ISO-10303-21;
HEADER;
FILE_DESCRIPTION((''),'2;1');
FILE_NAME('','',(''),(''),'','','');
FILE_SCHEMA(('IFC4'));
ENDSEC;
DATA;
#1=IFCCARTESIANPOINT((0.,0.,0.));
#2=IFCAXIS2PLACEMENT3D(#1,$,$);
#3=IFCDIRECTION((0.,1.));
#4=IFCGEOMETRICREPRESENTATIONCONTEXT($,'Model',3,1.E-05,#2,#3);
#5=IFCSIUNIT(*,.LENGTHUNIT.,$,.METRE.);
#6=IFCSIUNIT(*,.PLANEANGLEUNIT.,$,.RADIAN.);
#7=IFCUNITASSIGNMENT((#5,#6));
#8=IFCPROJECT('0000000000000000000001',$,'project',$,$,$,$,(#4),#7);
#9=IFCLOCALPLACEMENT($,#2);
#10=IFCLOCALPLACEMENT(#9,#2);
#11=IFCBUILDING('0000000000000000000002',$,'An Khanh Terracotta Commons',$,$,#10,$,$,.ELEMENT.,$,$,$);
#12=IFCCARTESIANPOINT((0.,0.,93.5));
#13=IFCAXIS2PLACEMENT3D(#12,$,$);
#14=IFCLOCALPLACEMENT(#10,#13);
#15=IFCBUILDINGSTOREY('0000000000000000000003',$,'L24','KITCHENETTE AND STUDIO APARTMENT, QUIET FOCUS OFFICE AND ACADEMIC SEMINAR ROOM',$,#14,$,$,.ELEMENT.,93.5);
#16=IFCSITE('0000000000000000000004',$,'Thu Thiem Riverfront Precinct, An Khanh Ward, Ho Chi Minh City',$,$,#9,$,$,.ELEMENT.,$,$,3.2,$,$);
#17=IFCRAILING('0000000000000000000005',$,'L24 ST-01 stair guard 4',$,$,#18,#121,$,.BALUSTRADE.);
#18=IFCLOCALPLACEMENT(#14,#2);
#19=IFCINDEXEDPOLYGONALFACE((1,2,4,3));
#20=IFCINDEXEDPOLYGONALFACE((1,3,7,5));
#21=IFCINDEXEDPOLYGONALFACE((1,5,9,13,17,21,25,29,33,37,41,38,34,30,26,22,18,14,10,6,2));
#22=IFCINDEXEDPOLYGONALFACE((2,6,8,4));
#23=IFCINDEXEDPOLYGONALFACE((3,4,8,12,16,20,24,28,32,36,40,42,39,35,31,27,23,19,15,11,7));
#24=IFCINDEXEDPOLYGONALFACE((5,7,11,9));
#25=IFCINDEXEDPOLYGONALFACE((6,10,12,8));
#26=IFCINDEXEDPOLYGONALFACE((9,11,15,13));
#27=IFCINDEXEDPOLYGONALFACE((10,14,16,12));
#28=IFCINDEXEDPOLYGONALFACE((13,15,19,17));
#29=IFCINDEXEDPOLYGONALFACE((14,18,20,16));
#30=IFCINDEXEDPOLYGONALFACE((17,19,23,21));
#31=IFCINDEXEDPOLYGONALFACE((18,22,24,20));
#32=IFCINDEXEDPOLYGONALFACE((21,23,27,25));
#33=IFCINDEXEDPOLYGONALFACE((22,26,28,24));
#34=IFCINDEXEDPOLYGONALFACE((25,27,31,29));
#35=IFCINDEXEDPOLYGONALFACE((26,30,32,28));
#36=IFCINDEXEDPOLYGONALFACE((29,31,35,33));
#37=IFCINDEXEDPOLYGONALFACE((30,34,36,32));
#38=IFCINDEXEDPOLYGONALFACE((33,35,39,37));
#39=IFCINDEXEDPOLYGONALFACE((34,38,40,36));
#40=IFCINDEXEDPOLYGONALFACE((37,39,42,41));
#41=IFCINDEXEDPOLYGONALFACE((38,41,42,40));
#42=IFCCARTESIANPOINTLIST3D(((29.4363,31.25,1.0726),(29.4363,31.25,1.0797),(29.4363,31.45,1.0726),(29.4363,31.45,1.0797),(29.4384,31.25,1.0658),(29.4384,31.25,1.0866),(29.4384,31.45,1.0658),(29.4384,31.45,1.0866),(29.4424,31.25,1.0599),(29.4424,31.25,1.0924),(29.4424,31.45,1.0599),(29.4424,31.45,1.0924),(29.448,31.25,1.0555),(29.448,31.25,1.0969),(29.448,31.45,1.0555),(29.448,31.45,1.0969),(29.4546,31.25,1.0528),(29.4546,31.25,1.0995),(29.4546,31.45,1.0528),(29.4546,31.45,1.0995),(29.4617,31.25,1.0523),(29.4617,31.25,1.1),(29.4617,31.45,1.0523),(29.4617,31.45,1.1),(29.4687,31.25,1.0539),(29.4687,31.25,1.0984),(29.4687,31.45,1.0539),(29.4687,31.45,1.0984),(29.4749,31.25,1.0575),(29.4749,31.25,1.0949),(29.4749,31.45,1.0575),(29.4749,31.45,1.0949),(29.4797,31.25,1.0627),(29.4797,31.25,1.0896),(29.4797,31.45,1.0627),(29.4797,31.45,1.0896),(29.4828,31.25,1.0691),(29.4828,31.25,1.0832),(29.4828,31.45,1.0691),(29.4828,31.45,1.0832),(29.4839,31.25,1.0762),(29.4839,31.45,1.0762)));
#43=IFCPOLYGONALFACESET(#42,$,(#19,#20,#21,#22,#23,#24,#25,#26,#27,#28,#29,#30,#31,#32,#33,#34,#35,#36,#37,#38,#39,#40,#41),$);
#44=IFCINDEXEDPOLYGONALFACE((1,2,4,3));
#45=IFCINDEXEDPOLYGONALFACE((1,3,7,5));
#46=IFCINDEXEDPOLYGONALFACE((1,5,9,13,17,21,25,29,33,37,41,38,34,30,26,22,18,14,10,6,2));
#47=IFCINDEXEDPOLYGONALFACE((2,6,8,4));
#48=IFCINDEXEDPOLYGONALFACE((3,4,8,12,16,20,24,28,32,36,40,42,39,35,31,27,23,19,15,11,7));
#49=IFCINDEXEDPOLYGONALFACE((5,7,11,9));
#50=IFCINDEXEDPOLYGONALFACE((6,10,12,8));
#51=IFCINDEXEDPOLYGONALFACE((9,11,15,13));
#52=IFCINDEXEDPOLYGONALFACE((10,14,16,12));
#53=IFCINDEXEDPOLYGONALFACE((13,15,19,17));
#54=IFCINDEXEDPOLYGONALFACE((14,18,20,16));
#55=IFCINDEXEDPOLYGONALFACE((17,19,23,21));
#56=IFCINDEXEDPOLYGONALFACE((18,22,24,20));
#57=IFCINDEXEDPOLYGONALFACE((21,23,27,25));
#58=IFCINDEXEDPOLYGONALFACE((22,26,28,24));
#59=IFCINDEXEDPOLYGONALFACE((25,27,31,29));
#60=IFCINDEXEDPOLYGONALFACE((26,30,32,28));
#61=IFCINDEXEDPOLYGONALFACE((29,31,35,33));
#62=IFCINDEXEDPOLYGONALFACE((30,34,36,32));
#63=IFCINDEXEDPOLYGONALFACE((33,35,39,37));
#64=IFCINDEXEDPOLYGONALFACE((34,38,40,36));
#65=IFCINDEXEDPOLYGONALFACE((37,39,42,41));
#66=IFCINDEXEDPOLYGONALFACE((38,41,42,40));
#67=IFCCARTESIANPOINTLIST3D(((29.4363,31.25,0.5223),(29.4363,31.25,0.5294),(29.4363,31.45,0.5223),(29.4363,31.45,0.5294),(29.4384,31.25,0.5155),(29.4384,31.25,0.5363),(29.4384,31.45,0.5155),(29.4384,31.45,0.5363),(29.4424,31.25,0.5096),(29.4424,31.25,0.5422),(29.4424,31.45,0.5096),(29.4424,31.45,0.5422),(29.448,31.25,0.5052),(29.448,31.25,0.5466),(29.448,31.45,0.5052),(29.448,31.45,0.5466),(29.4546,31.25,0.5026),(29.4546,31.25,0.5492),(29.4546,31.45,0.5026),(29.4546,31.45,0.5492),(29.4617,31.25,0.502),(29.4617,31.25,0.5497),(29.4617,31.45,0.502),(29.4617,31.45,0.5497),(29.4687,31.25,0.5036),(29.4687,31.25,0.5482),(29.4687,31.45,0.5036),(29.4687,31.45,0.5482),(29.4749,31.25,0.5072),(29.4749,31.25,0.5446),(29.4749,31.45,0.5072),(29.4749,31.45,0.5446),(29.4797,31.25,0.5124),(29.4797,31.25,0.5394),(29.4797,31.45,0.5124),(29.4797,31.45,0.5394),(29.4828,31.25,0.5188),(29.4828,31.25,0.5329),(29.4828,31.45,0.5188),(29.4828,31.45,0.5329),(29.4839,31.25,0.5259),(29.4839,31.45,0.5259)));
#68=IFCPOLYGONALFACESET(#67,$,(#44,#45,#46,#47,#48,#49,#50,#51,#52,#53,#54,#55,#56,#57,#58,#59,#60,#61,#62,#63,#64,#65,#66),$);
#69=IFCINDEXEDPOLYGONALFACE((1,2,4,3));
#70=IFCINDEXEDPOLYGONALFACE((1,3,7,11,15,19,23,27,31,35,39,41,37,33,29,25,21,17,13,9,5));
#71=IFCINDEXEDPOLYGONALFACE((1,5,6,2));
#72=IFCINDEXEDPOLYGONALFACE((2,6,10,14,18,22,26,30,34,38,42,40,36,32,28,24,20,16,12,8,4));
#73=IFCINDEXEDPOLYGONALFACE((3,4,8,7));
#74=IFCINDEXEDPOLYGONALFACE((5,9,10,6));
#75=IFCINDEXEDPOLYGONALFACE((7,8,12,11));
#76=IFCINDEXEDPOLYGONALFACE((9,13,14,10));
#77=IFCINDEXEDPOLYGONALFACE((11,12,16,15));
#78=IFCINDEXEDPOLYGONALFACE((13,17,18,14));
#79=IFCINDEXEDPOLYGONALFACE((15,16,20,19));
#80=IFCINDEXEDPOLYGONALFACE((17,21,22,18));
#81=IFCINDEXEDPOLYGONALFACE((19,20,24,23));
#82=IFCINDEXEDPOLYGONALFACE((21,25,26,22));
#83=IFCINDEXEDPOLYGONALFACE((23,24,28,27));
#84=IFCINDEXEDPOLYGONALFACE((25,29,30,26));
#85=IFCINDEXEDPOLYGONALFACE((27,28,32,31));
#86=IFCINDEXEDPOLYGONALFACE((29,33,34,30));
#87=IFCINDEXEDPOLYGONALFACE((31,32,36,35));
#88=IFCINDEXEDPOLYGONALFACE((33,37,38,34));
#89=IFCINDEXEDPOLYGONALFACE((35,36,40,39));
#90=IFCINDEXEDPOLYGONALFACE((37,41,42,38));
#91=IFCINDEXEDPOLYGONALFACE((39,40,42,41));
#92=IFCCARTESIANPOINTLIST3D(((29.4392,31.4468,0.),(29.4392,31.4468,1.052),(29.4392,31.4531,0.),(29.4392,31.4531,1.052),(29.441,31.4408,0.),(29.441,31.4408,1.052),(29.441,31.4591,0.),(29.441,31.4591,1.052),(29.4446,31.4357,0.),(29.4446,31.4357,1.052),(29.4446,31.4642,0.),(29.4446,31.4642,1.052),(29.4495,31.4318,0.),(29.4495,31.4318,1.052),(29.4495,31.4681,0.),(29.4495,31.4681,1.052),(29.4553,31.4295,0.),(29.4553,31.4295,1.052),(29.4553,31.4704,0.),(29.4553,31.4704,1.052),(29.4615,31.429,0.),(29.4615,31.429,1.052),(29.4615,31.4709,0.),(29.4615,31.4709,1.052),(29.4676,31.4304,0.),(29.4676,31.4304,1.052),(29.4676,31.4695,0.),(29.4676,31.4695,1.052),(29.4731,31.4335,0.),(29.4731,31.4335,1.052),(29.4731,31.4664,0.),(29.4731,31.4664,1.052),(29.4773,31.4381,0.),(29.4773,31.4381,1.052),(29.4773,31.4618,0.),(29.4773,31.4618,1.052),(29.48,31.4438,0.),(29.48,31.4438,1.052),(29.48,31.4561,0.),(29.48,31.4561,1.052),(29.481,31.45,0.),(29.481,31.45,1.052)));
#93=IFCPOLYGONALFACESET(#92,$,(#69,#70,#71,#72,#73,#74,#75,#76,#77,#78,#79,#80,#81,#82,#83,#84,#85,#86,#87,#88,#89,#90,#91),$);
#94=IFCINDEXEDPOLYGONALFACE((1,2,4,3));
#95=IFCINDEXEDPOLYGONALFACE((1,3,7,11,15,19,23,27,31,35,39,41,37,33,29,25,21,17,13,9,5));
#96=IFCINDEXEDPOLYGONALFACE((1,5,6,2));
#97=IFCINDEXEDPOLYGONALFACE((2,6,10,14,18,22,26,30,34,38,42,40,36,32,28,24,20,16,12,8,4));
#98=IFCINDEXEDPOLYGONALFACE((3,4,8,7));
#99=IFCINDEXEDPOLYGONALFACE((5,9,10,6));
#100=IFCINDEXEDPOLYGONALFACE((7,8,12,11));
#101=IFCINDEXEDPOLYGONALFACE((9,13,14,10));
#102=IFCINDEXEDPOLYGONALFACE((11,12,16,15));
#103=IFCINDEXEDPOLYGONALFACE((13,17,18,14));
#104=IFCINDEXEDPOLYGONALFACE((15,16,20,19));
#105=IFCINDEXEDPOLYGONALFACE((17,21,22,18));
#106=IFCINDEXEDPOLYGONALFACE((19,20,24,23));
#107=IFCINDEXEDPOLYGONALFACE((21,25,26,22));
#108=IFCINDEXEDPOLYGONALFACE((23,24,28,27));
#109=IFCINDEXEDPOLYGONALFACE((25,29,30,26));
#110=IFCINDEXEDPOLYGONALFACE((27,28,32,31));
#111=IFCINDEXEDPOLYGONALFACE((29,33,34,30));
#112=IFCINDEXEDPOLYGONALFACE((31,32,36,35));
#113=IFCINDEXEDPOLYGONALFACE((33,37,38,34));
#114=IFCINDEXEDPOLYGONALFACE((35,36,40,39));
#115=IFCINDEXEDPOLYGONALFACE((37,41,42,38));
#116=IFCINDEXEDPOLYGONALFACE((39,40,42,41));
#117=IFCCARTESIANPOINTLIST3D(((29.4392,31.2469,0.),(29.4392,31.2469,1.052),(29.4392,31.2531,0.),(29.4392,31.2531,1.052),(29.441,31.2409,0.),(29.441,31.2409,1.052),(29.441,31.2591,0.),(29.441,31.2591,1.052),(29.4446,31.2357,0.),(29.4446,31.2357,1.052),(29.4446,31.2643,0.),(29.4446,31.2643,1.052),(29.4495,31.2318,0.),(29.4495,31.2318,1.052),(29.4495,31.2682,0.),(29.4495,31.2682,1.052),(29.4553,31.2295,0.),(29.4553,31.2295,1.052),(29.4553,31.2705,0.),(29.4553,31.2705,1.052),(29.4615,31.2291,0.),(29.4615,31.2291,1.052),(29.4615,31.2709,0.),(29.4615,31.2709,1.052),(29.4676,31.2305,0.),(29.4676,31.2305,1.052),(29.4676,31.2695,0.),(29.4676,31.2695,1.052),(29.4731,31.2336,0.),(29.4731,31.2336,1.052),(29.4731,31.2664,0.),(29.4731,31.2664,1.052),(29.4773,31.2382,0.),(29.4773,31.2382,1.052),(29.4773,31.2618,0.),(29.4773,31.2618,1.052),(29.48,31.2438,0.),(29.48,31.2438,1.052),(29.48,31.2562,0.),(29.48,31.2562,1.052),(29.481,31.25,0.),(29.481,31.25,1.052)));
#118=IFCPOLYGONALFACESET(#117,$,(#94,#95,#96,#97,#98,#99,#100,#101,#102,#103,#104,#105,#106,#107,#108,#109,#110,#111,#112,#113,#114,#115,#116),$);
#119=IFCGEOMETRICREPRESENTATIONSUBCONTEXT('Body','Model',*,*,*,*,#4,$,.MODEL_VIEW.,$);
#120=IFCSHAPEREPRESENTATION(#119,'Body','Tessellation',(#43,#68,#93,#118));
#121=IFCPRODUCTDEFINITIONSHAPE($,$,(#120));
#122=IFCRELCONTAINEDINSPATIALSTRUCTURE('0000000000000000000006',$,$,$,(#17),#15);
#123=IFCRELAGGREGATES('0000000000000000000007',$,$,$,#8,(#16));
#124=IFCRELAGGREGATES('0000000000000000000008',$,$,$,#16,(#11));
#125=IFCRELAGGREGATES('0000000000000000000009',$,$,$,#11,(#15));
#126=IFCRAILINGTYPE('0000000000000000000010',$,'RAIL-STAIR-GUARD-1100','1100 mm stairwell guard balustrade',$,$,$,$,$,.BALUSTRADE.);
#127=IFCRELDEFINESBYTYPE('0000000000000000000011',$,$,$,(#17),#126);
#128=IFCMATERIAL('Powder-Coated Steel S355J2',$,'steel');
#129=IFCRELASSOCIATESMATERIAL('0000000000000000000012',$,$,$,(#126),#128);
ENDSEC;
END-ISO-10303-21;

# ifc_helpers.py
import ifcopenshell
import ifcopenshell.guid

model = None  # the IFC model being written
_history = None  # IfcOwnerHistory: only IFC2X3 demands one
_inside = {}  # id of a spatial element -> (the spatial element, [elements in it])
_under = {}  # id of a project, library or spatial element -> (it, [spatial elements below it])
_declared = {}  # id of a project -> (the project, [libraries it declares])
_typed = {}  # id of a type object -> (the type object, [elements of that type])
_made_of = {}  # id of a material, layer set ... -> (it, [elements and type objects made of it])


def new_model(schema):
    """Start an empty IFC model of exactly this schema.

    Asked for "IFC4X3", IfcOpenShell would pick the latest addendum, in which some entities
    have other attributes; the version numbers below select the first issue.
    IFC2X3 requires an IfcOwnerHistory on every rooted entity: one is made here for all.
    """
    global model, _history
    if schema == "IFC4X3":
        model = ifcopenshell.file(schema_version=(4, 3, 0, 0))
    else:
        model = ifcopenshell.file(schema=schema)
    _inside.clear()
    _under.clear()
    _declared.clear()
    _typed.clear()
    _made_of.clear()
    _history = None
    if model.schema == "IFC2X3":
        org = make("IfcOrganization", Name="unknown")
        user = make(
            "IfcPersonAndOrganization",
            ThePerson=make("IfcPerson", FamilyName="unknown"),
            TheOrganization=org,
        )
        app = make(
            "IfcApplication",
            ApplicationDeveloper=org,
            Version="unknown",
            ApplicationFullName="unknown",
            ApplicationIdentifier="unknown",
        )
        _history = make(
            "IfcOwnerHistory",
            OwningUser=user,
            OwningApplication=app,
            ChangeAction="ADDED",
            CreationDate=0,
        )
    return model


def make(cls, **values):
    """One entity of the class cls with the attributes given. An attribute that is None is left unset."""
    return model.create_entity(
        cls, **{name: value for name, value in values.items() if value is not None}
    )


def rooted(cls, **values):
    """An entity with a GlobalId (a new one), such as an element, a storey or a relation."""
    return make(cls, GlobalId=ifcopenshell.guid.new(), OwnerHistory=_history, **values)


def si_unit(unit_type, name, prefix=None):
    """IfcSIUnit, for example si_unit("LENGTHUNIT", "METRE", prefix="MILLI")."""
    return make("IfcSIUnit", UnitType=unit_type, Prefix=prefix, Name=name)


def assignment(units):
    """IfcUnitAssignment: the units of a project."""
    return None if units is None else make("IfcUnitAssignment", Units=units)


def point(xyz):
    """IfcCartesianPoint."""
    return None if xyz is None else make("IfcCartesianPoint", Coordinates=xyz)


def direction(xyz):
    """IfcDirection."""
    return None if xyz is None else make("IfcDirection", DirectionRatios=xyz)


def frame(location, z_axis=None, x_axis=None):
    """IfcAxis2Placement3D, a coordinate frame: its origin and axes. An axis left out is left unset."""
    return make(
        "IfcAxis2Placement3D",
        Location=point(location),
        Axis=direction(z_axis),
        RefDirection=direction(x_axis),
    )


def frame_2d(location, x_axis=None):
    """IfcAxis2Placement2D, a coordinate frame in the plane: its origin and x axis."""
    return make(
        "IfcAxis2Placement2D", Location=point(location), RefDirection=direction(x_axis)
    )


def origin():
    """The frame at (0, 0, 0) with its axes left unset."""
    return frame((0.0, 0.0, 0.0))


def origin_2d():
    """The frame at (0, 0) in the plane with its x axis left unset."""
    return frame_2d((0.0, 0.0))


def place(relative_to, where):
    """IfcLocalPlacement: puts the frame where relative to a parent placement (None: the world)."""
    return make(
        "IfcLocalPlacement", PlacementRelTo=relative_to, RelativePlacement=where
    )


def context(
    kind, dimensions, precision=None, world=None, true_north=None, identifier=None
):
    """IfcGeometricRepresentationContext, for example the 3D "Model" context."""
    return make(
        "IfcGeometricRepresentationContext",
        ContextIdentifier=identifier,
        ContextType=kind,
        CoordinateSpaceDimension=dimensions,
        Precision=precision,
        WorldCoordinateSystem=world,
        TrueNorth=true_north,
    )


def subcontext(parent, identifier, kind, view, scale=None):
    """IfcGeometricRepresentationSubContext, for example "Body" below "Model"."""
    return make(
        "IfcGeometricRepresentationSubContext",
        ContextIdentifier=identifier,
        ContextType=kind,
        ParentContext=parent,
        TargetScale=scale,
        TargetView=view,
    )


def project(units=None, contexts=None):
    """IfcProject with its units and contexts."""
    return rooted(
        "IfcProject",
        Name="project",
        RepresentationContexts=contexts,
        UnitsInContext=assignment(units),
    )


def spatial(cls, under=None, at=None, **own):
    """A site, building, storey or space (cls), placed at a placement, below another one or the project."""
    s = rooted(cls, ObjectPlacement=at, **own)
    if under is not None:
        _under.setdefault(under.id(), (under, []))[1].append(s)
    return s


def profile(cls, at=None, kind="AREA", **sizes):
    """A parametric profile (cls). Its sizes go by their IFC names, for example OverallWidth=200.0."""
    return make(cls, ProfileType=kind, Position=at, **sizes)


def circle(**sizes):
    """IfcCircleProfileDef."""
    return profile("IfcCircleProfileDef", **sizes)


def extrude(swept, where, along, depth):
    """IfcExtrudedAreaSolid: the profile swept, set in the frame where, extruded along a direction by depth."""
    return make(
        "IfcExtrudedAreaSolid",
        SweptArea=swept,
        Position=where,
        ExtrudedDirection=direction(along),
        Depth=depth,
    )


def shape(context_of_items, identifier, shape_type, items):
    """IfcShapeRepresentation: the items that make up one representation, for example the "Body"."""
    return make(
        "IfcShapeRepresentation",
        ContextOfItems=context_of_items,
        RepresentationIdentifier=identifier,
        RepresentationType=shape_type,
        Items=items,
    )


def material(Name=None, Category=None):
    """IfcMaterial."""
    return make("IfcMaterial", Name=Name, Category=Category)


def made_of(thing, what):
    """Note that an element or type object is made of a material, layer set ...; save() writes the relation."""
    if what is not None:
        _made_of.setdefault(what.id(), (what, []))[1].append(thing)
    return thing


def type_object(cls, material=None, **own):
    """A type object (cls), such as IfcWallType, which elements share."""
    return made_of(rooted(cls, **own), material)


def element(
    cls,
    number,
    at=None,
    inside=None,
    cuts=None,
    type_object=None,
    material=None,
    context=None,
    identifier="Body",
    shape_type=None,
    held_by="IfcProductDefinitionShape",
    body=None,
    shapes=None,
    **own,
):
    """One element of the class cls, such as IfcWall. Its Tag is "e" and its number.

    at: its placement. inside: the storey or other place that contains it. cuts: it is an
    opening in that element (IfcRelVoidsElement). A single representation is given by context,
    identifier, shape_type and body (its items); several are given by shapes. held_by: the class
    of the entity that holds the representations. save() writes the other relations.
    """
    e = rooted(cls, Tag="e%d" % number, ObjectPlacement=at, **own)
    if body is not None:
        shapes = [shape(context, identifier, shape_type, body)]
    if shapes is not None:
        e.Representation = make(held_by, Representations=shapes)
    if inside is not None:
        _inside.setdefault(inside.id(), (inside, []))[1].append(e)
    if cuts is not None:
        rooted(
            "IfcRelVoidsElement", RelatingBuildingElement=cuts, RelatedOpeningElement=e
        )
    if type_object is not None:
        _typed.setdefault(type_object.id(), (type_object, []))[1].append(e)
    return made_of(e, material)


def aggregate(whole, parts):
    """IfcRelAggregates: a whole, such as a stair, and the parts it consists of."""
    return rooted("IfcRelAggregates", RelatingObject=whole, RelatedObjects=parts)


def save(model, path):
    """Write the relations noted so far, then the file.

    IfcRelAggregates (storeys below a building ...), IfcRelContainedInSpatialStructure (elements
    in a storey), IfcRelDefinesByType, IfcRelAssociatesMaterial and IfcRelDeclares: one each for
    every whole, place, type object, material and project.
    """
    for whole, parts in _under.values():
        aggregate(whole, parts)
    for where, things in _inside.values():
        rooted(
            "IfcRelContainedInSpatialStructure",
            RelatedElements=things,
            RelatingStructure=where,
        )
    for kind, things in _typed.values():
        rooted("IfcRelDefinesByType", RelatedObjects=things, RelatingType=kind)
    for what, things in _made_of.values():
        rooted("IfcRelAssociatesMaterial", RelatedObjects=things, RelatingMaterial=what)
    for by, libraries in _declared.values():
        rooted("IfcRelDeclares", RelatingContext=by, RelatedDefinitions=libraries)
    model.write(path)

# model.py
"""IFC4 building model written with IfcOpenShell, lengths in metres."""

from ifc_helpers import new_model, si_unit, direction, frame, origin, origin_2d, place, context, subcontext, project, spatial, circle, extrude, material, type_object, element, save


model = new_model("IFC4")

# Units and contexts
model_context = context("Model", 3, precision=1e-05, world=origin(), true_north=direction((0.0, 1.0)))
body_context = subcontext(model_context, "Body", "Model", "MODEL_VIEW")
ifc_project = project(units=[si_unit("LENGTHUNIT", "METRE"), si_unit("PLANEANGLEUNIT", "RADIAN")], contexts=[model_context])

# Site, building, storey
site_placement = place(None, origin())
site = spatial("IfcSite", under=ifc_project, at=site_placement, Name="Thu Thiem Riverfront Precinct, An Khanh Ward, Ho Chi Minh City", CompositionType="ELEMENT", RefElevation=3.2)
building_placement = place(site_placement, origin())
building = spatial("IfcBuilding", under=site, at=building_placement, Name="An Khanh Terracotta Commons", CompositionType="ELEMENT")
storey_placement = place(building_placement, frame((0.0, 0.0, 93.5)))
storey = spatial("IfcBuildingStorey", under=building, at=storey_placement, Name="L24", Description="KITCHENETTE AND STUDIO APARTMENT, QUIET FOCUS OFFICE AND ACADEMIC SEMINAR ROOM", CompositionType="ELEMENT", Elevation=93.5)

# Railing
ifc_material_1 = material(Name="Powder-Coated Steel S355J2", Category="steel")
railing_type_1 = type_object("IfcRailingType", Name="RAIL-STAIR-GUARD-1100", Description="1100 mm stairwell guard balustrade", PredefinedType="BALUSTRADE", material=ifc_material_1)
railing_1_placement = place(storey_placement, frame((29.46, 31.45, 0.0)))
element("IfcRailing", 1, at=railing_1_placement, inside=storey, type_object=railing_type_1, Name="L24 ST-01 stair guard 4", PredefinedType="BALUSTRADE", context=body_context, shape_type="SweptSolid", body=[
    extrude(circle(Radius=0.0239, at=origin_2d()), frame((0.0, 0.0, 1.0762), z_axis=(0.0, -1.0, 0.0), x_axis=(1.0, 0.0, 0.0)), (0.0, 0.0, 1.0), 0.2),
    extrude(circle(Radius=0.0239, at=origin_2d()), frame((0.0, 0.0, 0.5259), z_axis=(0.0, -1.0, 0.0), x_axis=(1.0, 0.0, 0.0)), (0.0, 0.0, 1.0), 0.2),
    extrude(circle(Radius=0.021, at=origin_2d()), origin(), (0.0, 0.0, 1.0), 1.052),
    extrude(circle(Radius=0.021, at=origin_2d()), frame((0.0, -0.2, 0.0)), (0.0, 0.0, 1.0), 1.052),
])

save(model, "model.ifc")
